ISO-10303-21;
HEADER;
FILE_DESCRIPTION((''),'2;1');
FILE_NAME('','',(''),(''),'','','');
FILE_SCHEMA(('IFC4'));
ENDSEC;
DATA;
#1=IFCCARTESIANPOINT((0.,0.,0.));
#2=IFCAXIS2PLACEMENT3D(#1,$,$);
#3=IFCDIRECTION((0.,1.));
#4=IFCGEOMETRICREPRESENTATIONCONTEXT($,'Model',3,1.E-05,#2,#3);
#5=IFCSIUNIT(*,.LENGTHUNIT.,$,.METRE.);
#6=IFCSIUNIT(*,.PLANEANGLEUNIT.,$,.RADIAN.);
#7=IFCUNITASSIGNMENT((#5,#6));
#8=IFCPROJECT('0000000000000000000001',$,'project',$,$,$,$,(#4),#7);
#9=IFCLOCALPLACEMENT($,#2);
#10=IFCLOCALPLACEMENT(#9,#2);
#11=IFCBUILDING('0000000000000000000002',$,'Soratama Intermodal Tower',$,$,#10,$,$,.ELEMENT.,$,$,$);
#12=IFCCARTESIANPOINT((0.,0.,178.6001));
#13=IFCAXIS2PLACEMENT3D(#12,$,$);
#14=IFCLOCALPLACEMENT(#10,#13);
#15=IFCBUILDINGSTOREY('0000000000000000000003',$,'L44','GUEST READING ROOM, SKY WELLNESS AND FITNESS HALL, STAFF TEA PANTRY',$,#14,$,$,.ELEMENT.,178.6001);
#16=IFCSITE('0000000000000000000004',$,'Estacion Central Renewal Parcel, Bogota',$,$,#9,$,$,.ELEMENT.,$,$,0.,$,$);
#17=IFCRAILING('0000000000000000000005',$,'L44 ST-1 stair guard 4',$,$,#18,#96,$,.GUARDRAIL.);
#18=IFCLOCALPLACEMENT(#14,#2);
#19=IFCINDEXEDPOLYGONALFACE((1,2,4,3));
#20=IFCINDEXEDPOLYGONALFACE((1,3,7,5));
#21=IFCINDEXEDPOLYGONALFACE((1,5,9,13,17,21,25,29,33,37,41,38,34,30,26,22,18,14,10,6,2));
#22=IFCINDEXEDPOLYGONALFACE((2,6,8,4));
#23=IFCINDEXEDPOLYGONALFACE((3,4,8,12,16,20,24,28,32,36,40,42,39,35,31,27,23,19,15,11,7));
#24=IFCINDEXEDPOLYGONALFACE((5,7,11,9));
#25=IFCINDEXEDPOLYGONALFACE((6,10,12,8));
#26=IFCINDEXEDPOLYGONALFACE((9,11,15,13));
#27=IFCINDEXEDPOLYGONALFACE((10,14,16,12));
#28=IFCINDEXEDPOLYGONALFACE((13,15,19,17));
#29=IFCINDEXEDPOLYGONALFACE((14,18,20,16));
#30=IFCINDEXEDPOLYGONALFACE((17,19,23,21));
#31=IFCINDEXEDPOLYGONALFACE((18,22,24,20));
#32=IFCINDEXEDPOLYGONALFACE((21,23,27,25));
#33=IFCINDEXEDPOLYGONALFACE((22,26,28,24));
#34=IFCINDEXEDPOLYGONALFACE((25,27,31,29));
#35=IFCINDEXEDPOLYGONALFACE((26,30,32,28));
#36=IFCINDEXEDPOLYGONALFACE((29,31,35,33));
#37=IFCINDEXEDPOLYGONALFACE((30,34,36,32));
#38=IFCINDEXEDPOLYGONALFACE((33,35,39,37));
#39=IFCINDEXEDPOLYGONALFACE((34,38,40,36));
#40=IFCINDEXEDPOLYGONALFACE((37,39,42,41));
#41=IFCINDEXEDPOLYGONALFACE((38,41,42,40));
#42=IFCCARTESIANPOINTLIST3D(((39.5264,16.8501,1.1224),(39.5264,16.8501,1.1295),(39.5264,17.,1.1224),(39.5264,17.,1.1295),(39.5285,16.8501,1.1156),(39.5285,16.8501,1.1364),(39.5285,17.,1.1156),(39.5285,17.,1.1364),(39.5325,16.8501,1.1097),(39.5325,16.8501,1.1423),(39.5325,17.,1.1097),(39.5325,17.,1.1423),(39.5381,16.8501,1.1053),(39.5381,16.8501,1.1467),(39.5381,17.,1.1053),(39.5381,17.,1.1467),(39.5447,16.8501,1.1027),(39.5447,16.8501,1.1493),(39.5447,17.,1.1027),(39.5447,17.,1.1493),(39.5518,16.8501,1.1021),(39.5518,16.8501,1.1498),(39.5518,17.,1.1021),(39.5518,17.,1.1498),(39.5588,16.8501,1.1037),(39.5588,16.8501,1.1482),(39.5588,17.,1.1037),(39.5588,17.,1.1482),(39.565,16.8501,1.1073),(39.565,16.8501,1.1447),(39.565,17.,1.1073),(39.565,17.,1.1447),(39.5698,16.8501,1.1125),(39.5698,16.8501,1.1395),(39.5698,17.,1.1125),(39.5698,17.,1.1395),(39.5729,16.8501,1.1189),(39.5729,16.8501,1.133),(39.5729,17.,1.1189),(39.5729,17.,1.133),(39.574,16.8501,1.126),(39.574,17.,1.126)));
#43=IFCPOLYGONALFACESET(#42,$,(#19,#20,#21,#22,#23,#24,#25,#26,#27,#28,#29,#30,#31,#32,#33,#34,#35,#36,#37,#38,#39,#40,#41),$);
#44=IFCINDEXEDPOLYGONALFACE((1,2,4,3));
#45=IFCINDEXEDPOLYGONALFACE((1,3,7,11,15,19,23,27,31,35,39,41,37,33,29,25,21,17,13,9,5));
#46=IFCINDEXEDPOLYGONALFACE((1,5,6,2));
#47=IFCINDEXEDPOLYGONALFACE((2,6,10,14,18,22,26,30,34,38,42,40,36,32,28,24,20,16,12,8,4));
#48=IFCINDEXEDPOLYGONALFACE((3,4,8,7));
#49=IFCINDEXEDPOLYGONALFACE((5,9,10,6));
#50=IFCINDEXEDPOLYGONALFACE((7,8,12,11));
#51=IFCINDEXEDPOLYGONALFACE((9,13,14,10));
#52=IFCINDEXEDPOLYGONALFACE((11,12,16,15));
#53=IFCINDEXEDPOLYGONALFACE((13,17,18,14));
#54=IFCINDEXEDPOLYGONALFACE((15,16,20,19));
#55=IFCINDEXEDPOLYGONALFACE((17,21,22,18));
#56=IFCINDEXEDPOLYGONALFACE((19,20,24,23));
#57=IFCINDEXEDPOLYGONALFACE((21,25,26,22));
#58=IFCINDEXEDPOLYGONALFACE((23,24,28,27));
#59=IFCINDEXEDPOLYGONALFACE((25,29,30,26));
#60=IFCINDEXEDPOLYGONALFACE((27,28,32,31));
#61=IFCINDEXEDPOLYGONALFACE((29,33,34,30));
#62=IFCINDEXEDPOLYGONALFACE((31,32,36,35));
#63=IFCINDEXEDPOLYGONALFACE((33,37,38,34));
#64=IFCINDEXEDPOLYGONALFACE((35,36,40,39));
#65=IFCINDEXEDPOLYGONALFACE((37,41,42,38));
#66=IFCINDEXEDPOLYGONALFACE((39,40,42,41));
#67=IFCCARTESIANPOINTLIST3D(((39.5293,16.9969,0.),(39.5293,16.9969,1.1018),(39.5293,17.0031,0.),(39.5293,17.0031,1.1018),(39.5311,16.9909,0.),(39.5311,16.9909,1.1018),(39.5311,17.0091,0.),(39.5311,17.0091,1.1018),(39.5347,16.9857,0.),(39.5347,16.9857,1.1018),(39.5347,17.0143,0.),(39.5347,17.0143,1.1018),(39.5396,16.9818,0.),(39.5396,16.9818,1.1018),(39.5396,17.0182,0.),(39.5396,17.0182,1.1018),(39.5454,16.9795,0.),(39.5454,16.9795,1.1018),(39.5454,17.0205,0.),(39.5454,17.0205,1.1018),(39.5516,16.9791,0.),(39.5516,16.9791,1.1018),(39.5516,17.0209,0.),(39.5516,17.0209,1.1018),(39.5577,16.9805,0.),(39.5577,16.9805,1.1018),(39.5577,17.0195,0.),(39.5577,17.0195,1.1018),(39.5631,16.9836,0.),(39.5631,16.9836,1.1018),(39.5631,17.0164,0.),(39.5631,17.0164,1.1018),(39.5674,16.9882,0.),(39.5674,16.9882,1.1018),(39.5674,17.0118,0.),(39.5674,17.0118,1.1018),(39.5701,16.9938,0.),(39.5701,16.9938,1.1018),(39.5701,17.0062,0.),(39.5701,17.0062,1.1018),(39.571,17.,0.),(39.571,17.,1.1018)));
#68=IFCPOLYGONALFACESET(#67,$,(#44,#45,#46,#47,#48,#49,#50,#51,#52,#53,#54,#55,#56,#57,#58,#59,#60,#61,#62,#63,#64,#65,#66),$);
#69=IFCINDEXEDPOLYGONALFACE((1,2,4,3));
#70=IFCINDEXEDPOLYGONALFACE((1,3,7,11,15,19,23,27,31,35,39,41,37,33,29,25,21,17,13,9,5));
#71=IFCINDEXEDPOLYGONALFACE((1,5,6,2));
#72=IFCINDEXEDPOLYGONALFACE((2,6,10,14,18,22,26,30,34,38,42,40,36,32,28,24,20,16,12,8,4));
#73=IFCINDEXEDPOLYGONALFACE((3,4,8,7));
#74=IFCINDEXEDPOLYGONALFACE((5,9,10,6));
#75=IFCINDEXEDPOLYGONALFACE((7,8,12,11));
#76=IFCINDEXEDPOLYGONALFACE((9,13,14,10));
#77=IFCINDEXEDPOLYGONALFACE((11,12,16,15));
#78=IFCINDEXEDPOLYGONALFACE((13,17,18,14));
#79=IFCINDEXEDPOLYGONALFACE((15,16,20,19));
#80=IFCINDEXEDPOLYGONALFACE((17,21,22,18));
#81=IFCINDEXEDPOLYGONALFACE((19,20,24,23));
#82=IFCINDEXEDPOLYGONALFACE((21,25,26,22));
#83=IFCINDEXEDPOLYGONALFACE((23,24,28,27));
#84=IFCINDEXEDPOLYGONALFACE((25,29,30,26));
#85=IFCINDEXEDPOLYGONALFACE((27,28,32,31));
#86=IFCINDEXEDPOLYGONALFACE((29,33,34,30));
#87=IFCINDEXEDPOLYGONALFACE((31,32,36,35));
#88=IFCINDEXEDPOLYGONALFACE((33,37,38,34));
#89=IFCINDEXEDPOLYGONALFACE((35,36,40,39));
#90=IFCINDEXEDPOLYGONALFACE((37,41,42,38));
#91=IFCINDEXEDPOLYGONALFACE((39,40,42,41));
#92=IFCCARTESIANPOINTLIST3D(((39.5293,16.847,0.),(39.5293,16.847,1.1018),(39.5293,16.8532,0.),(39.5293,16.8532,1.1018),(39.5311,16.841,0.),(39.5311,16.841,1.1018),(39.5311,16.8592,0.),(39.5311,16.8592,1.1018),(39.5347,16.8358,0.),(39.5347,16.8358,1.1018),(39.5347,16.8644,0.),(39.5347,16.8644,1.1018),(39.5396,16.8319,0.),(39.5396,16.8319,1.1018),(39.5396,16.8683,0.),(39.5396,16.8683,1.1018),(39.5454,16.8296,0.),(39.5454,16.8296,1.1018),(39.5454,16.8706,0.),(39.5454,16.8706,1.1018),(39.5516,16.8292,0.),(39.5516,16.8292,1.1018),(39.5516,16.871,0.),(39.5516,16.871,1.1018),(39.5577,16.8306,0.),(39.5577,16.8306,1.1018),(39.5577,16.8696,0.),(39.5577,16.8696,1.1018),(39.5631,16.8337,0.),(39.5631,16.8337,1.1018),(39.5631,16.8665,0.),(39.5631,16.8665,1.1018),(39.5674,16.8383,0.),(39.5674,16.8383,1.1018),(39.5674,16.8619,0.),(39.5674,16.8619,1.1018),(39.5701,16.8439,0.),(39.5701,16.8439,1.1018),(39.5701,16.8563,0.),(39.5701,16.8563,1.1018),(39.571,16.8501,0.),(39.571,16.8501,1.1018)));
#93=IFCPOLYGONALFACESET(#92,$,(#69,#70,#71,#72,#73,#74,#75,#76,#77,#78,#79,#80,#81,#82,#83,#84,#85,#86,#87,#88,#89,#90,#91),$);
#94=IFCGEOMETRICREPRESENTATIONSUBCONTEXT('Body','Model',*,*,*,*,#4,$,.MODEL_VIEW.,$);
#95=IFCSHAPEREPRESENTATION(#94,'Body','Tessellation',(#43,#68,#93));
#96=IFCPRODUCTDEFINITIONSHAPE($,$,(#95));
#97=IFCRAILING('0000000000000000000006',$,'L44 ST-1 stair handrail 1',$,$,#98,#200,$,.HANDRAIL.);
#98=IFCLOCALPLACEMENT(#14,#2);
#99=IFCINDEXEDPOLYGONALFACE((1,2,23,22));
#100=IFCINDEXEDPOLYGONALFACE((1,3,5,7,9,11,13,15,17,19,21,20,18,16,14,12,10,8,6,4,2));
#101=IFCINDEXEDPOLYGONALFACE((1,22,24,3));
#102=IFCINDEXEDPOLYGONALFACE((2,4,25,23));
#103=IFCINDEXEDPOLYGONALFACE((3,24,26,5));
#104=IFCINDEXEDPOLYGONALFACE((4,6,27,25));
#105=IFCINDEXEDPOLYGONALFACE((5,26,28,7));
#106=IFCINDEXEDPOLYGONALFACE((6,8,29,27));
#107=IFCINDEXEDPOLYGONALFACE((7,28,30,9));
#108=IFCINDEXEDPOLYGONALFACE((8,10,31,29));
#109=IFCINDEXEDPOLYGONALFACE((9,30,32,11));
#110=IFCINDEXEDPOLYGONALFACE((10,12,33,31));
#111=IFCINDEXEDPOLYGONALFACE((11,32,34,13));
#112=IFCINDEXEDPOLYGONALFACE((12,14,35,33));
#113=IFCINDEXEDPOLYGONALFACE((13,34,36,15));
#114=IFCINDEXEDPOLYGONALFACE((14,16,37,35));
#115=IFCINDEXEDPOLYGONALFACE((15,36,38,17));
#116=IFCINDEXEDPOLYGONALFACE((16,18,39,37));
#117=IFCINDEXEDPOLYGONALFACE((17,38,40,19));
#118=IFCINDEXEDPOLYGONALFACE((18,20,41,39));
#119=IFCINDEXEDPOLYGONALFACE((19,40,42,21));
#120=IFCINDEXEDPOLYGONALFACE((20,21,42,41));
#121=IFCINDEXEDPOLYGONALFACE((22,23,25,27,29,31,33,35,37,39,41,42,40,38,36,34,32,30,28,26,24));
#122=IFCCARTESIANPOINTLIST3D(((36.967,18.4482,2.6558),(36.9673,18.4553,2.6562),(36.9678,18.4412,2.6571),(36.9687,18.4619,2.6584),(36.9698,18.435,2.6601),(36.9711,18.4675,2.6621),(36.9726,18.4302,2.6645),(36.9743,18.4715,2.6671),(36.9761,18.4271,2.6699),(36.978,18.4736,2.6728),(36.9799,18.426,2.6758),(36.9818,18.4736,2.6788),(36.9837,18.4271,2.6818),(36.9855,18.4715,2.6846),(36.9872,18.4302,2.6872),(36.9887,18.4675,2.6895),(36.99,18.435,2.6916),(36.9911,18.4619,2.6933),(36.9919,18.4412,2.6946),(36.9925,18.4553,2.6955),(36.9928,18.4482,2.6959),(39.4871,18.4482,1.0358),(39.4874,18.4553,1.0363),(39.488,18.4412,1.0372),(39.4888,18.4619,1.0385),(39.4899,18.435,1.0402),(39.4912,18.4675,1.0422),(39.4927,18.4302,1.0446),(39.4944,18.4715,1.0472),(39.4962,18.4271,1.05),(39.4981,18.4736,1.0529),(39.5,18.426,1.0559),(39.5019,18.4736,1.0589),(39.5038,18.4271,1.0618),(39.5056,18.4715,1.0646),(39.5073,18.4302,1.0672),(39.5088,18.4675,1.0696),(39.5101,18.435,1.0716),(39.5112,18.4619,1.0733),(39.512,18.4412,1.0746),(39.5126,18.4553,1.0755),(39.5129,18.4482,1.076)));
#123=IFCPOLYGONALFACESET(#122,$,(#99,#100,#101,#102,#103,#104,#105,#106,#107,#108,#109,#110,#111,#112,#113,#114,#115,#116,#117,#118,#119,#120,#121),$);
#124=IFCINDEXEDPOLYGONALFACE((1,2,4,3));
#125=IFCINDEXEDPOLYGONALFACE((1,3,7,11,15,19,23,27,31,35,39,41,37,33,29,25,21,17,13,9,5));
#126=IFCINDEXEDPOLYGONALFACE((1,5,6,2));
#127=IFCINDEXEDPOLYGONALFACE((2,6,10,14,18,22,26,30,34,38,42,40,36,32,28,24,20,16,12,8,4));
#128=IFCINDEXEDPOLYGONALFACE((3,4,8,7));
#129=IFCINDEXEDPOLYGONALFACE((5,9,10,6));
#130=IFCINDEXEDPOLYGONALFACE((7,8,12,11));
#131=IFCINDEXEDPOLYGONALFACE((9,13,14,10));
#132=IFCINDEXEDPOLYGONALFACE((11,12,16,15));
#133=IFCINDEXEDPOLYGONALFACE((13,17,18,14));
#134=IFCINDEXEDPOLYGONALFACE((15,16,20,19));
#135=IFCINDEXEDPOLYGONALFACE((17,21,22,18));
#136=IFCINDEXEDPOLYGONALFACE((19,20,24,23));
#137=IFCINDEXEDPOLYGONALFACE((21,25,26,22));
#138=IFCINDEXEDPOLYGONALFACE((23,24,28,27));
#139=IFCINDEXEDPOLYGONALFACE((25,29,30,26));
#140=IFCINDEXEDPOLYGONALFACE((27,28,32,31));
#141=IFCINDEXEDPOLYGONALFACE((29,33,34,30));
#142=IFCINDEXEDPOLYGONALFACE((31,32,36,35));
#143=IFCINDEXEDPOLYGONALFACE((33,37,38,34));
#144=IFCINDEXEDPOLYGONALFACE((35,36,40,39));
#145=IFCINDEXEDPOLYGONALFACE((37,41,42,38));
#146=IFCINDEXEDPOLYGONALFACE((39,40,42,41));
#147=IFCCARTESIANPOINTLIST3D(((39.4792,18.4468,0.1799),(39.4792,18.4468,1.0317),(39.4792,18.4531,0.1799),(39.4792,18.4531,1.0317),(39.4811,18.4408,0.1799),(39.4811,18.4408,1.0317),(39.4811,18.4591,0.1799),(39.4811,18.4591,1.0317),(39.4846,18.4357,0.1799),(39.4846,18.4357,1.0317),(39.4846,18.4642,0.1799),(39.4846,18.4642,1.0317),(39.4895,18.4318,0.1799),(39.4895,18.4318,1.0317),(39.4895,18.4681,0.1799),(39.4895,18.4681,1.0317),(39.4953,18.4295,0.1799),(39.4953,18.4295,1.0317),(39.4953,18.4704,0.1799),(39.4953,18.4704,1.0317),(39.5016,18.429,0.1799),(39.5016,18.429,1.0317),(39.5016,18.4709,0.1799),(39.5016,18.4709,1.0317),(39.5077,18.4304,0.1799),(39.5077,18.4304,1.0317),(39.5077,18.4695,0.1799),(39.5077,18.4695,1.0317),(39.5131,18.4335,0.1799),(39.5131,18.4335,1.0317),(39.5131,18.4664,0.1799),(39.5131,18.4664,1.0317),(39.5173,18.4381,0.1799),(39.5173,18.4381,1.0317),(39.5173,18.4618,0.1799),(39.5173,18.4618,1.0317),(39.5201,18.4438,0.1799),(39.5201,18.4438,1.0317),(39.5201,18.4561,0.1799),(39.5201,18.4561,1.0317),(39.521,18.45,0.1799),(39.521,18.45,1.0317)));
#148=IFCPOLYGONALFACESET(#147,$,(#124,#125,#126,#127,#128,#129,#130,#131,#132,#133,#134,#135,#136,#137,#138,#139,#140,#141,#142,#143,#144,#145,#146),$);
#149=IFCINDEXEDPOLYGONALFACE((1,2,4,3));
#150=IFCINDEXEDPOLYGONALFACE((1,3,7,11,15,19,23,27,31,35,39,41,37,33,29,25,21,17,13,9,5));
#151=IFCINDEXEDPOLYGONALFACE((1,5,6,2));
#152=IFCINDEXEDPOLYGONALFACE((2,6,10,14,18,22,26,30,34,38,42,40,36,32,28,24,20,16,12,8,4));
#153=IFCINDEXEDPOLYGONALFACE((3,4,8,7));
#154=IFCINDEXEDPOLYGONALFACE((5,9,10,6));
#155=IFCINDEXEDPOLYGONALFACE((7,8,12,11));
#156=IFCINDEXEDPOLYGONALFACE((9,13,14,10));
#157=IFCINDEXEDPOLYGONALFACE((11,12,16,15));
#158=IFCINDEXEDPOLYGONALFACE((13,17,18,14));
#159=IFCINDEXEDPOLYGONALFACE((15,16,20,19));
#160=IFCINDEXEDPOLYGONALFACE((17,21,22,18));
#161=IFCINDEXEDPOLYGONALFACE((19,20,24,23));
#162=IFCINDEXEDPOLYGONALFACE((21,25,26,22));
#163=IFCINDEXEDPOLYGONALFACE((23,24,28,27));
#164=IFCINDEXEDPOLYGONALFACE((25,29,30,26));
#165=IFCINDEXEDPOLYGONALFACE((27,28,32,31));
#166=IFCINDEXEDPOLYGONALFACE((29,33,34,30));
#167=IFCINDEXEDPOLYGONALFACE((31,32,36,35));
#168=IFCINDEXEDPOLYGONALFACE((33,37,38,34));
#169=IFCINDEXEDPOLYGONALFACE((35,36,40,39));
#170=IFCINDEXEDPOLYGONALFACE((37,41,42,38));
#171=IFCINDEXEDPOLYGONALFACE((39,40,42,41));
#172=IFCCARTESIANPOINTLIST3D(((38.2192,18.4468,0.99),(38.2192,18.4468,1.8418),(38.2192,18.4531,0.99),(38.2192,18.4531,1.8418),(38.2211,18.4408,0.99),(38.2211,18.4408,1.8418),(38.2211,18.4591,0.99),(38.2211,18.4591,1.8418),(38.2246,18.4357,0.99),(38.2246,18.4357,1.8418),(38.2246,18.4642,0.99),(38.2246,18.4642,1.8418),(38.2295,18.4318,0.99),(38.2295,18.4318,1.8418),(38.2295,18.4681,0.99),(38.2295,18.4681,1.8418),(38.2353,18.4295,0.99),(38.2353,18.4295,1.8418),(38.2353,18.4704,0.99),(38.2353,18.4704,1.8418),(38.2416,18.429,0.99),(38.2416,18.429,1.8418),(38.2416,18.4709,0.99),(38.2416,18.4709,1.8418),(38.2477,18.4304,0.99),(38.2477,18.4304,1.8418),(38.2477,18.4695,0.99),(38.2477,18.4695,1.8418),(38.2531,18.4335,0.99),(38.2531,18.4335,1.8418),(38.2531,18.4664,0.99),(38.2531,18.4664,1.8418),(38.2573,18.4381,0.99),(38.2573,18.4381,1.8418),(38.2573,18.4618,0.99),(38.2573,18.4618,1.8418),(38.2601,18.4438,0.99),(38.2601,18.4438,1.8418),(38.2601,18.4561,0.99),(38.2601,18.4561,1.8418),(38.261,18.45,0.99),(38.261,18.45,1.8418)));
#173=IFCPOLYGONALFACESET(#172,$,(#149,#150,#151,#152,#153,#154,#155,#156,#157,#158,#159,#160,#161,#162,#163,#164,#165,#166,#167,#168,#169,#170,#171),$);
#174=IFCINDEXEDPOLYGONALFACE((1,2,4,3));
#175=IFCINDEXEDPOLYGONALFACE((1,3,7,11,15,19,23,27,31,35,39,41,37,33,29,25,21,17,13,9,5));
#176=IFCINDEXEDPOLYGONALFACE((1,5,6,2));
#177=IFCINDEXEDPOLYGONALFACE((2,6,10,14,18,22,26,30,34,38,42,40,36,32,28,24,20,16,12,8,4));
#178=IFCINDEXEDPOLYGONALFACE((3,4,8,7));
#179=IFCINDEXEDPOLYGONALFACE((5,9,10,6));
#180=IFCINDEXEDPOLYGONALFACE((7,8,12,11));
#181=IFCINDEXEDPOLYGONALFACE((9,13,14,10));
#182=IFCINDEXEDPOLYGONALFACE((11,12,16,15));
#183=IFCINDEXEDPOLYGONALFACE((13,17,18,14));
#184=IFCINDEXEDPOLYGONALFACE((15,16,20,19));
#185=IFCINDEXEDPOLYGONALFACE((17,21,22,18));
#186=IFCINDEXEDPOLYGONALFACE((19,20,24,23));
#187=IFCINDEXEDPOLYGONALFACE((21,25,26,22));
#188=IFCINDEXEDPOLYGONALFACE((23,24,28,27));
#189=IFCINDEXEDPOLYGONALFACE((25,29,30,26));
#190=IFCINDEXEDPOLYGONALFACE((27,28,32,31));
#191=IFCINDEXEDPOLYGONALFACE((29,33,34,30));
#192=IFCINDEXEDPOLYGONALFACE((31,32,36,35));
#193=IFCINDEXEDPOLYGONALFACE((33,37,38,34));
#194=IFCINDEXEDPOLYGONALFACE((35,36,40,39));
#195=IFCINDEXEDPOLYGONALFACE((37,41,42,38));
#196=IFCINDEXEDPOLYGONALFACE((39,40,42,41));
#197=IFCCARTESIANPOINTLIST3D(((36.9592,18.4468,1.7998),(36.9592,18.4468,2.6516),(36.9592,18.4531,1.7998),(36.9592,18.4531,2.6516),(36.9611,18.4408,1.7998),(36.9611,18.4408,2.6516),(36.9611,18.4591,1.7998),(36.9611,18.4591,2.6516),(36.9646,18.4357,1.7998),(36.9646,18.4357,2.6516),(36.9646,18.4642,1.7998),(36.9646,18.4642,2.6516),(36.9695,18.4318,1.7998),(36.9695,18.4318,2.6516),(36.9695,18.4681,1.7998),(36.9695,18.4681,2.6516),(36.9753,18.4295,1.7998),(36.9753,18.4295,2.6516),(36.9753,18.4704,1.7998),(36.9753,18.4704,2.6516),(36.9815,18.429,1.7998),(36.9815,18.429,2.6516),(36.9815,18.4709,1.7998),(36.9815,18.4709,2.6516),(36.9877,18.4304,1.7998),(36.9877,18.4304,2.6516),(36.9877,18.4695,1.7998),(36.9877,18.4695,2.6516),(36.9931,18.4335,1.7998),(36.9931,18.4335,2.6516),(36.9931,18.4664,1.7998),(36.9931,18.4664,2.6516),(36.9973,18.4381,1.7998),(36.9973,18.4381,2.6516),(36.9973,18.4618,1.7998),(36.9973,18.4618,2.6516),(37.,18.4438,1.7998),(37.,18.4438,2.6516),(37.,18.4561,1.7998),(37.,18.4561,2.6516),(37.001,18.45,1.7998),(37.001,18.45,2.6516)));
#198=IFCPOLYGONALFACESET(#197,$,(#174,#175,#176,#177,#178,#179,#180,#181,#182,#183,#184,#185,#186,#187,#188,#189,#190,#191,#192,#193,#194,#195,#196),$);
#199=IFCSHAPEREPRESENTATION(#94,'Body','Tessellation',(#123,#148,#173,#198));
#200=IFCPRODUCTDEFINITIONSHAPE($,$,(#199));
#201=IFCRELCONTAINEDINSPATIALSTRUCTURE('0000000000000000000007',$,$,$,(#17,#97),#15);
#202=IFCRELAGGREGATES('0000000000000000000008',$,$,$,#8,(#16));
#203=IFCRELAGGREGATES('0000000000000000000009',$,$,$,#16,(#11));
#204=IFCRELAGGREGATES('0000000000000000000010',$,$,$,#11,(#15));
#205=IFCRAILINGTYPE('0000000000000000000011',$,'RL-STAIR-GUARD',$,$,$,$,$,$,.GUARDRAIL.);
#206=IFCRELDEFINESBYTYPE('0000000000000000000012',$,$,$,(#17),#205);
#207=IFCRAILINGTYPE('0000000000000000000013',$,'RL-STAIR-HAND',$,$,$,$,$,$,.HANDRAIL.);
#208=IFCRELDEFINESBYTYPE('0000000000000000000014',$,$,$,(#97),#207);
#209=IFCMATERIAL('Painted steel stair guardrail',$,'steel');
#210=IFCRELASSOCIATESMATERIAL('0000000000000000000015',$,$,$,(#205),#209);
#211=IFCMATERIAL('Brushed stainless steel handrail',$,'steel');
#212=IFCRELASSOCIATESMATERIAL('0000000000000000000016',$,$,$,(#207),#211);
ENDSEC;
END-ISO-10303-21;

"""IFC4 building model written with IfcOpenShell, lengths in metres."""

from ifc_helpers import new_model, si_unit, direction, frame, origin, origin_2d, place, context, subcontext, project, spatial, circle, extrude, material, type_object, element, save


model = new_model("IFC4")

# Units and contexts
model_context = context("Model", 3, precision=1e-05, world=origin(), true_north=direction((0.0, 1.0)))
body_context = subcontext(model_context, "Body", "Model", "MODEL_VIEW")
ifc_project = project(units=[si_unit("LENGTHUNIT", "METRE"), si_unit("PLANEANGLEUNIT", "RADIAN")], contexts=[model_context])

# Site, building, storey
site_placement = place(None, origin())
site = spatial("IfcSite", under=ifc_project, at=site_placement, Name="Estacion Central Renewal Parcel, Bogota", CompositionType="ELEMENT", RefElevation=0.0)
building_placement = place(site_placement, origin())
building = spatial("IfcBuilding", under=site, at=building_placement, Name="Soratama Intermodal Tower", CompositionType="ELEMENT")
storey_placement = place(building_placement, frame((0.0, 0.0, 178.6001)))
storey = spatial("IfcBuildingStorey", under=building, at=storey_placement, Name="L44", Description="GUEST READING ROOM, SKY WELLNESS AND FITNESS HALL, STAFF TEA PANTRY", CompositionType="ELEMENT", Elevation=178.6001)

# Railings
ifc_material_1 = material(Name="Painted steel stair guardrail", Category="steel")
railing_type_1 = type_object("IfcRailingType", Name="RL-STAIR-GUARD", PredefinedType="GUARDRAIL", material=ifc_material_1)
railing_1_placement = place(storey_placement, frame((39.55, 17.0, 0.0)))
element("IfcRailing", 1, at=railing_1_placement, inside=storey, type_object=railing_type_1, Name="L44 ST-1 stair guard 4", PredefinedType="GUARDRAIL", context=body_context, shape_type="SweptSolid", body=[
    extrude(circle(Radius=0.0239, at=origin_2d()), frame((0.0, 0.0, 1.126), z_axis=(0.0, -1.0, 0.0), x_axis=(1.0, 0.0, 0.0)), (0.0, 0.0, 1.0), 0.1499),
    extrude(circle(Radius=0.021, at=origin_2d()), origin(), (0.0, 0.0, 1.0), 1.1018),
    extrude(circle(Radius=0.021, at=origin_2d()), frame((0.0, -0.1499, 0.0)), (0.0, 0.0, 1.0), 1.1018),
])
ifc_material_2 = material(Name="Brushed stainless steel handrail", Category="steel")
railing_type_2 = type_object("IfcRailingType", Name="RL-STAIR-HAND", PredefinedType="HANDRAIL", material=ifc_material_2)
railing_2_placement = place(storey_placement, frame((39.5, 18.45, 0.1799)))
element("IfcRailing", 2, at=railing_2_placement, inside=storey, type_object=railing_type_2, Name="L44 ST-1 stair handrail 1", PredefinedType="HANDRAIL", context=body_context, shape_type="SweptSolid", body=[
    extrude(circle(Radius=0.0239, at=origin_2d()), frame((0.0, 0.0, 0.876), z_axis=(-0.8412, 0.0, 0.540725), x_axis=(0.0, -1.0, 0.0)), (0.0, 0.0, 1.0), 2.9958),
    extrude(circle(Radius=0.021, at=origin_2d()), origin(), (0.0, 0.0, 1.0), 0.8518),
    extrude(circle(Radius=0.021, at=origin_2d()), frame((-1.26, 0.0, 0.8101)), (0.0, 0.0, 1.0), 0.8518),
    extrude(circle(Radius=0.021, at=origin_2d()), frame((-2.52, 0.0, 1.6199)), (0.0, 0.0, 1.0), 0.8518),
])

save(model, "model.ifc")
